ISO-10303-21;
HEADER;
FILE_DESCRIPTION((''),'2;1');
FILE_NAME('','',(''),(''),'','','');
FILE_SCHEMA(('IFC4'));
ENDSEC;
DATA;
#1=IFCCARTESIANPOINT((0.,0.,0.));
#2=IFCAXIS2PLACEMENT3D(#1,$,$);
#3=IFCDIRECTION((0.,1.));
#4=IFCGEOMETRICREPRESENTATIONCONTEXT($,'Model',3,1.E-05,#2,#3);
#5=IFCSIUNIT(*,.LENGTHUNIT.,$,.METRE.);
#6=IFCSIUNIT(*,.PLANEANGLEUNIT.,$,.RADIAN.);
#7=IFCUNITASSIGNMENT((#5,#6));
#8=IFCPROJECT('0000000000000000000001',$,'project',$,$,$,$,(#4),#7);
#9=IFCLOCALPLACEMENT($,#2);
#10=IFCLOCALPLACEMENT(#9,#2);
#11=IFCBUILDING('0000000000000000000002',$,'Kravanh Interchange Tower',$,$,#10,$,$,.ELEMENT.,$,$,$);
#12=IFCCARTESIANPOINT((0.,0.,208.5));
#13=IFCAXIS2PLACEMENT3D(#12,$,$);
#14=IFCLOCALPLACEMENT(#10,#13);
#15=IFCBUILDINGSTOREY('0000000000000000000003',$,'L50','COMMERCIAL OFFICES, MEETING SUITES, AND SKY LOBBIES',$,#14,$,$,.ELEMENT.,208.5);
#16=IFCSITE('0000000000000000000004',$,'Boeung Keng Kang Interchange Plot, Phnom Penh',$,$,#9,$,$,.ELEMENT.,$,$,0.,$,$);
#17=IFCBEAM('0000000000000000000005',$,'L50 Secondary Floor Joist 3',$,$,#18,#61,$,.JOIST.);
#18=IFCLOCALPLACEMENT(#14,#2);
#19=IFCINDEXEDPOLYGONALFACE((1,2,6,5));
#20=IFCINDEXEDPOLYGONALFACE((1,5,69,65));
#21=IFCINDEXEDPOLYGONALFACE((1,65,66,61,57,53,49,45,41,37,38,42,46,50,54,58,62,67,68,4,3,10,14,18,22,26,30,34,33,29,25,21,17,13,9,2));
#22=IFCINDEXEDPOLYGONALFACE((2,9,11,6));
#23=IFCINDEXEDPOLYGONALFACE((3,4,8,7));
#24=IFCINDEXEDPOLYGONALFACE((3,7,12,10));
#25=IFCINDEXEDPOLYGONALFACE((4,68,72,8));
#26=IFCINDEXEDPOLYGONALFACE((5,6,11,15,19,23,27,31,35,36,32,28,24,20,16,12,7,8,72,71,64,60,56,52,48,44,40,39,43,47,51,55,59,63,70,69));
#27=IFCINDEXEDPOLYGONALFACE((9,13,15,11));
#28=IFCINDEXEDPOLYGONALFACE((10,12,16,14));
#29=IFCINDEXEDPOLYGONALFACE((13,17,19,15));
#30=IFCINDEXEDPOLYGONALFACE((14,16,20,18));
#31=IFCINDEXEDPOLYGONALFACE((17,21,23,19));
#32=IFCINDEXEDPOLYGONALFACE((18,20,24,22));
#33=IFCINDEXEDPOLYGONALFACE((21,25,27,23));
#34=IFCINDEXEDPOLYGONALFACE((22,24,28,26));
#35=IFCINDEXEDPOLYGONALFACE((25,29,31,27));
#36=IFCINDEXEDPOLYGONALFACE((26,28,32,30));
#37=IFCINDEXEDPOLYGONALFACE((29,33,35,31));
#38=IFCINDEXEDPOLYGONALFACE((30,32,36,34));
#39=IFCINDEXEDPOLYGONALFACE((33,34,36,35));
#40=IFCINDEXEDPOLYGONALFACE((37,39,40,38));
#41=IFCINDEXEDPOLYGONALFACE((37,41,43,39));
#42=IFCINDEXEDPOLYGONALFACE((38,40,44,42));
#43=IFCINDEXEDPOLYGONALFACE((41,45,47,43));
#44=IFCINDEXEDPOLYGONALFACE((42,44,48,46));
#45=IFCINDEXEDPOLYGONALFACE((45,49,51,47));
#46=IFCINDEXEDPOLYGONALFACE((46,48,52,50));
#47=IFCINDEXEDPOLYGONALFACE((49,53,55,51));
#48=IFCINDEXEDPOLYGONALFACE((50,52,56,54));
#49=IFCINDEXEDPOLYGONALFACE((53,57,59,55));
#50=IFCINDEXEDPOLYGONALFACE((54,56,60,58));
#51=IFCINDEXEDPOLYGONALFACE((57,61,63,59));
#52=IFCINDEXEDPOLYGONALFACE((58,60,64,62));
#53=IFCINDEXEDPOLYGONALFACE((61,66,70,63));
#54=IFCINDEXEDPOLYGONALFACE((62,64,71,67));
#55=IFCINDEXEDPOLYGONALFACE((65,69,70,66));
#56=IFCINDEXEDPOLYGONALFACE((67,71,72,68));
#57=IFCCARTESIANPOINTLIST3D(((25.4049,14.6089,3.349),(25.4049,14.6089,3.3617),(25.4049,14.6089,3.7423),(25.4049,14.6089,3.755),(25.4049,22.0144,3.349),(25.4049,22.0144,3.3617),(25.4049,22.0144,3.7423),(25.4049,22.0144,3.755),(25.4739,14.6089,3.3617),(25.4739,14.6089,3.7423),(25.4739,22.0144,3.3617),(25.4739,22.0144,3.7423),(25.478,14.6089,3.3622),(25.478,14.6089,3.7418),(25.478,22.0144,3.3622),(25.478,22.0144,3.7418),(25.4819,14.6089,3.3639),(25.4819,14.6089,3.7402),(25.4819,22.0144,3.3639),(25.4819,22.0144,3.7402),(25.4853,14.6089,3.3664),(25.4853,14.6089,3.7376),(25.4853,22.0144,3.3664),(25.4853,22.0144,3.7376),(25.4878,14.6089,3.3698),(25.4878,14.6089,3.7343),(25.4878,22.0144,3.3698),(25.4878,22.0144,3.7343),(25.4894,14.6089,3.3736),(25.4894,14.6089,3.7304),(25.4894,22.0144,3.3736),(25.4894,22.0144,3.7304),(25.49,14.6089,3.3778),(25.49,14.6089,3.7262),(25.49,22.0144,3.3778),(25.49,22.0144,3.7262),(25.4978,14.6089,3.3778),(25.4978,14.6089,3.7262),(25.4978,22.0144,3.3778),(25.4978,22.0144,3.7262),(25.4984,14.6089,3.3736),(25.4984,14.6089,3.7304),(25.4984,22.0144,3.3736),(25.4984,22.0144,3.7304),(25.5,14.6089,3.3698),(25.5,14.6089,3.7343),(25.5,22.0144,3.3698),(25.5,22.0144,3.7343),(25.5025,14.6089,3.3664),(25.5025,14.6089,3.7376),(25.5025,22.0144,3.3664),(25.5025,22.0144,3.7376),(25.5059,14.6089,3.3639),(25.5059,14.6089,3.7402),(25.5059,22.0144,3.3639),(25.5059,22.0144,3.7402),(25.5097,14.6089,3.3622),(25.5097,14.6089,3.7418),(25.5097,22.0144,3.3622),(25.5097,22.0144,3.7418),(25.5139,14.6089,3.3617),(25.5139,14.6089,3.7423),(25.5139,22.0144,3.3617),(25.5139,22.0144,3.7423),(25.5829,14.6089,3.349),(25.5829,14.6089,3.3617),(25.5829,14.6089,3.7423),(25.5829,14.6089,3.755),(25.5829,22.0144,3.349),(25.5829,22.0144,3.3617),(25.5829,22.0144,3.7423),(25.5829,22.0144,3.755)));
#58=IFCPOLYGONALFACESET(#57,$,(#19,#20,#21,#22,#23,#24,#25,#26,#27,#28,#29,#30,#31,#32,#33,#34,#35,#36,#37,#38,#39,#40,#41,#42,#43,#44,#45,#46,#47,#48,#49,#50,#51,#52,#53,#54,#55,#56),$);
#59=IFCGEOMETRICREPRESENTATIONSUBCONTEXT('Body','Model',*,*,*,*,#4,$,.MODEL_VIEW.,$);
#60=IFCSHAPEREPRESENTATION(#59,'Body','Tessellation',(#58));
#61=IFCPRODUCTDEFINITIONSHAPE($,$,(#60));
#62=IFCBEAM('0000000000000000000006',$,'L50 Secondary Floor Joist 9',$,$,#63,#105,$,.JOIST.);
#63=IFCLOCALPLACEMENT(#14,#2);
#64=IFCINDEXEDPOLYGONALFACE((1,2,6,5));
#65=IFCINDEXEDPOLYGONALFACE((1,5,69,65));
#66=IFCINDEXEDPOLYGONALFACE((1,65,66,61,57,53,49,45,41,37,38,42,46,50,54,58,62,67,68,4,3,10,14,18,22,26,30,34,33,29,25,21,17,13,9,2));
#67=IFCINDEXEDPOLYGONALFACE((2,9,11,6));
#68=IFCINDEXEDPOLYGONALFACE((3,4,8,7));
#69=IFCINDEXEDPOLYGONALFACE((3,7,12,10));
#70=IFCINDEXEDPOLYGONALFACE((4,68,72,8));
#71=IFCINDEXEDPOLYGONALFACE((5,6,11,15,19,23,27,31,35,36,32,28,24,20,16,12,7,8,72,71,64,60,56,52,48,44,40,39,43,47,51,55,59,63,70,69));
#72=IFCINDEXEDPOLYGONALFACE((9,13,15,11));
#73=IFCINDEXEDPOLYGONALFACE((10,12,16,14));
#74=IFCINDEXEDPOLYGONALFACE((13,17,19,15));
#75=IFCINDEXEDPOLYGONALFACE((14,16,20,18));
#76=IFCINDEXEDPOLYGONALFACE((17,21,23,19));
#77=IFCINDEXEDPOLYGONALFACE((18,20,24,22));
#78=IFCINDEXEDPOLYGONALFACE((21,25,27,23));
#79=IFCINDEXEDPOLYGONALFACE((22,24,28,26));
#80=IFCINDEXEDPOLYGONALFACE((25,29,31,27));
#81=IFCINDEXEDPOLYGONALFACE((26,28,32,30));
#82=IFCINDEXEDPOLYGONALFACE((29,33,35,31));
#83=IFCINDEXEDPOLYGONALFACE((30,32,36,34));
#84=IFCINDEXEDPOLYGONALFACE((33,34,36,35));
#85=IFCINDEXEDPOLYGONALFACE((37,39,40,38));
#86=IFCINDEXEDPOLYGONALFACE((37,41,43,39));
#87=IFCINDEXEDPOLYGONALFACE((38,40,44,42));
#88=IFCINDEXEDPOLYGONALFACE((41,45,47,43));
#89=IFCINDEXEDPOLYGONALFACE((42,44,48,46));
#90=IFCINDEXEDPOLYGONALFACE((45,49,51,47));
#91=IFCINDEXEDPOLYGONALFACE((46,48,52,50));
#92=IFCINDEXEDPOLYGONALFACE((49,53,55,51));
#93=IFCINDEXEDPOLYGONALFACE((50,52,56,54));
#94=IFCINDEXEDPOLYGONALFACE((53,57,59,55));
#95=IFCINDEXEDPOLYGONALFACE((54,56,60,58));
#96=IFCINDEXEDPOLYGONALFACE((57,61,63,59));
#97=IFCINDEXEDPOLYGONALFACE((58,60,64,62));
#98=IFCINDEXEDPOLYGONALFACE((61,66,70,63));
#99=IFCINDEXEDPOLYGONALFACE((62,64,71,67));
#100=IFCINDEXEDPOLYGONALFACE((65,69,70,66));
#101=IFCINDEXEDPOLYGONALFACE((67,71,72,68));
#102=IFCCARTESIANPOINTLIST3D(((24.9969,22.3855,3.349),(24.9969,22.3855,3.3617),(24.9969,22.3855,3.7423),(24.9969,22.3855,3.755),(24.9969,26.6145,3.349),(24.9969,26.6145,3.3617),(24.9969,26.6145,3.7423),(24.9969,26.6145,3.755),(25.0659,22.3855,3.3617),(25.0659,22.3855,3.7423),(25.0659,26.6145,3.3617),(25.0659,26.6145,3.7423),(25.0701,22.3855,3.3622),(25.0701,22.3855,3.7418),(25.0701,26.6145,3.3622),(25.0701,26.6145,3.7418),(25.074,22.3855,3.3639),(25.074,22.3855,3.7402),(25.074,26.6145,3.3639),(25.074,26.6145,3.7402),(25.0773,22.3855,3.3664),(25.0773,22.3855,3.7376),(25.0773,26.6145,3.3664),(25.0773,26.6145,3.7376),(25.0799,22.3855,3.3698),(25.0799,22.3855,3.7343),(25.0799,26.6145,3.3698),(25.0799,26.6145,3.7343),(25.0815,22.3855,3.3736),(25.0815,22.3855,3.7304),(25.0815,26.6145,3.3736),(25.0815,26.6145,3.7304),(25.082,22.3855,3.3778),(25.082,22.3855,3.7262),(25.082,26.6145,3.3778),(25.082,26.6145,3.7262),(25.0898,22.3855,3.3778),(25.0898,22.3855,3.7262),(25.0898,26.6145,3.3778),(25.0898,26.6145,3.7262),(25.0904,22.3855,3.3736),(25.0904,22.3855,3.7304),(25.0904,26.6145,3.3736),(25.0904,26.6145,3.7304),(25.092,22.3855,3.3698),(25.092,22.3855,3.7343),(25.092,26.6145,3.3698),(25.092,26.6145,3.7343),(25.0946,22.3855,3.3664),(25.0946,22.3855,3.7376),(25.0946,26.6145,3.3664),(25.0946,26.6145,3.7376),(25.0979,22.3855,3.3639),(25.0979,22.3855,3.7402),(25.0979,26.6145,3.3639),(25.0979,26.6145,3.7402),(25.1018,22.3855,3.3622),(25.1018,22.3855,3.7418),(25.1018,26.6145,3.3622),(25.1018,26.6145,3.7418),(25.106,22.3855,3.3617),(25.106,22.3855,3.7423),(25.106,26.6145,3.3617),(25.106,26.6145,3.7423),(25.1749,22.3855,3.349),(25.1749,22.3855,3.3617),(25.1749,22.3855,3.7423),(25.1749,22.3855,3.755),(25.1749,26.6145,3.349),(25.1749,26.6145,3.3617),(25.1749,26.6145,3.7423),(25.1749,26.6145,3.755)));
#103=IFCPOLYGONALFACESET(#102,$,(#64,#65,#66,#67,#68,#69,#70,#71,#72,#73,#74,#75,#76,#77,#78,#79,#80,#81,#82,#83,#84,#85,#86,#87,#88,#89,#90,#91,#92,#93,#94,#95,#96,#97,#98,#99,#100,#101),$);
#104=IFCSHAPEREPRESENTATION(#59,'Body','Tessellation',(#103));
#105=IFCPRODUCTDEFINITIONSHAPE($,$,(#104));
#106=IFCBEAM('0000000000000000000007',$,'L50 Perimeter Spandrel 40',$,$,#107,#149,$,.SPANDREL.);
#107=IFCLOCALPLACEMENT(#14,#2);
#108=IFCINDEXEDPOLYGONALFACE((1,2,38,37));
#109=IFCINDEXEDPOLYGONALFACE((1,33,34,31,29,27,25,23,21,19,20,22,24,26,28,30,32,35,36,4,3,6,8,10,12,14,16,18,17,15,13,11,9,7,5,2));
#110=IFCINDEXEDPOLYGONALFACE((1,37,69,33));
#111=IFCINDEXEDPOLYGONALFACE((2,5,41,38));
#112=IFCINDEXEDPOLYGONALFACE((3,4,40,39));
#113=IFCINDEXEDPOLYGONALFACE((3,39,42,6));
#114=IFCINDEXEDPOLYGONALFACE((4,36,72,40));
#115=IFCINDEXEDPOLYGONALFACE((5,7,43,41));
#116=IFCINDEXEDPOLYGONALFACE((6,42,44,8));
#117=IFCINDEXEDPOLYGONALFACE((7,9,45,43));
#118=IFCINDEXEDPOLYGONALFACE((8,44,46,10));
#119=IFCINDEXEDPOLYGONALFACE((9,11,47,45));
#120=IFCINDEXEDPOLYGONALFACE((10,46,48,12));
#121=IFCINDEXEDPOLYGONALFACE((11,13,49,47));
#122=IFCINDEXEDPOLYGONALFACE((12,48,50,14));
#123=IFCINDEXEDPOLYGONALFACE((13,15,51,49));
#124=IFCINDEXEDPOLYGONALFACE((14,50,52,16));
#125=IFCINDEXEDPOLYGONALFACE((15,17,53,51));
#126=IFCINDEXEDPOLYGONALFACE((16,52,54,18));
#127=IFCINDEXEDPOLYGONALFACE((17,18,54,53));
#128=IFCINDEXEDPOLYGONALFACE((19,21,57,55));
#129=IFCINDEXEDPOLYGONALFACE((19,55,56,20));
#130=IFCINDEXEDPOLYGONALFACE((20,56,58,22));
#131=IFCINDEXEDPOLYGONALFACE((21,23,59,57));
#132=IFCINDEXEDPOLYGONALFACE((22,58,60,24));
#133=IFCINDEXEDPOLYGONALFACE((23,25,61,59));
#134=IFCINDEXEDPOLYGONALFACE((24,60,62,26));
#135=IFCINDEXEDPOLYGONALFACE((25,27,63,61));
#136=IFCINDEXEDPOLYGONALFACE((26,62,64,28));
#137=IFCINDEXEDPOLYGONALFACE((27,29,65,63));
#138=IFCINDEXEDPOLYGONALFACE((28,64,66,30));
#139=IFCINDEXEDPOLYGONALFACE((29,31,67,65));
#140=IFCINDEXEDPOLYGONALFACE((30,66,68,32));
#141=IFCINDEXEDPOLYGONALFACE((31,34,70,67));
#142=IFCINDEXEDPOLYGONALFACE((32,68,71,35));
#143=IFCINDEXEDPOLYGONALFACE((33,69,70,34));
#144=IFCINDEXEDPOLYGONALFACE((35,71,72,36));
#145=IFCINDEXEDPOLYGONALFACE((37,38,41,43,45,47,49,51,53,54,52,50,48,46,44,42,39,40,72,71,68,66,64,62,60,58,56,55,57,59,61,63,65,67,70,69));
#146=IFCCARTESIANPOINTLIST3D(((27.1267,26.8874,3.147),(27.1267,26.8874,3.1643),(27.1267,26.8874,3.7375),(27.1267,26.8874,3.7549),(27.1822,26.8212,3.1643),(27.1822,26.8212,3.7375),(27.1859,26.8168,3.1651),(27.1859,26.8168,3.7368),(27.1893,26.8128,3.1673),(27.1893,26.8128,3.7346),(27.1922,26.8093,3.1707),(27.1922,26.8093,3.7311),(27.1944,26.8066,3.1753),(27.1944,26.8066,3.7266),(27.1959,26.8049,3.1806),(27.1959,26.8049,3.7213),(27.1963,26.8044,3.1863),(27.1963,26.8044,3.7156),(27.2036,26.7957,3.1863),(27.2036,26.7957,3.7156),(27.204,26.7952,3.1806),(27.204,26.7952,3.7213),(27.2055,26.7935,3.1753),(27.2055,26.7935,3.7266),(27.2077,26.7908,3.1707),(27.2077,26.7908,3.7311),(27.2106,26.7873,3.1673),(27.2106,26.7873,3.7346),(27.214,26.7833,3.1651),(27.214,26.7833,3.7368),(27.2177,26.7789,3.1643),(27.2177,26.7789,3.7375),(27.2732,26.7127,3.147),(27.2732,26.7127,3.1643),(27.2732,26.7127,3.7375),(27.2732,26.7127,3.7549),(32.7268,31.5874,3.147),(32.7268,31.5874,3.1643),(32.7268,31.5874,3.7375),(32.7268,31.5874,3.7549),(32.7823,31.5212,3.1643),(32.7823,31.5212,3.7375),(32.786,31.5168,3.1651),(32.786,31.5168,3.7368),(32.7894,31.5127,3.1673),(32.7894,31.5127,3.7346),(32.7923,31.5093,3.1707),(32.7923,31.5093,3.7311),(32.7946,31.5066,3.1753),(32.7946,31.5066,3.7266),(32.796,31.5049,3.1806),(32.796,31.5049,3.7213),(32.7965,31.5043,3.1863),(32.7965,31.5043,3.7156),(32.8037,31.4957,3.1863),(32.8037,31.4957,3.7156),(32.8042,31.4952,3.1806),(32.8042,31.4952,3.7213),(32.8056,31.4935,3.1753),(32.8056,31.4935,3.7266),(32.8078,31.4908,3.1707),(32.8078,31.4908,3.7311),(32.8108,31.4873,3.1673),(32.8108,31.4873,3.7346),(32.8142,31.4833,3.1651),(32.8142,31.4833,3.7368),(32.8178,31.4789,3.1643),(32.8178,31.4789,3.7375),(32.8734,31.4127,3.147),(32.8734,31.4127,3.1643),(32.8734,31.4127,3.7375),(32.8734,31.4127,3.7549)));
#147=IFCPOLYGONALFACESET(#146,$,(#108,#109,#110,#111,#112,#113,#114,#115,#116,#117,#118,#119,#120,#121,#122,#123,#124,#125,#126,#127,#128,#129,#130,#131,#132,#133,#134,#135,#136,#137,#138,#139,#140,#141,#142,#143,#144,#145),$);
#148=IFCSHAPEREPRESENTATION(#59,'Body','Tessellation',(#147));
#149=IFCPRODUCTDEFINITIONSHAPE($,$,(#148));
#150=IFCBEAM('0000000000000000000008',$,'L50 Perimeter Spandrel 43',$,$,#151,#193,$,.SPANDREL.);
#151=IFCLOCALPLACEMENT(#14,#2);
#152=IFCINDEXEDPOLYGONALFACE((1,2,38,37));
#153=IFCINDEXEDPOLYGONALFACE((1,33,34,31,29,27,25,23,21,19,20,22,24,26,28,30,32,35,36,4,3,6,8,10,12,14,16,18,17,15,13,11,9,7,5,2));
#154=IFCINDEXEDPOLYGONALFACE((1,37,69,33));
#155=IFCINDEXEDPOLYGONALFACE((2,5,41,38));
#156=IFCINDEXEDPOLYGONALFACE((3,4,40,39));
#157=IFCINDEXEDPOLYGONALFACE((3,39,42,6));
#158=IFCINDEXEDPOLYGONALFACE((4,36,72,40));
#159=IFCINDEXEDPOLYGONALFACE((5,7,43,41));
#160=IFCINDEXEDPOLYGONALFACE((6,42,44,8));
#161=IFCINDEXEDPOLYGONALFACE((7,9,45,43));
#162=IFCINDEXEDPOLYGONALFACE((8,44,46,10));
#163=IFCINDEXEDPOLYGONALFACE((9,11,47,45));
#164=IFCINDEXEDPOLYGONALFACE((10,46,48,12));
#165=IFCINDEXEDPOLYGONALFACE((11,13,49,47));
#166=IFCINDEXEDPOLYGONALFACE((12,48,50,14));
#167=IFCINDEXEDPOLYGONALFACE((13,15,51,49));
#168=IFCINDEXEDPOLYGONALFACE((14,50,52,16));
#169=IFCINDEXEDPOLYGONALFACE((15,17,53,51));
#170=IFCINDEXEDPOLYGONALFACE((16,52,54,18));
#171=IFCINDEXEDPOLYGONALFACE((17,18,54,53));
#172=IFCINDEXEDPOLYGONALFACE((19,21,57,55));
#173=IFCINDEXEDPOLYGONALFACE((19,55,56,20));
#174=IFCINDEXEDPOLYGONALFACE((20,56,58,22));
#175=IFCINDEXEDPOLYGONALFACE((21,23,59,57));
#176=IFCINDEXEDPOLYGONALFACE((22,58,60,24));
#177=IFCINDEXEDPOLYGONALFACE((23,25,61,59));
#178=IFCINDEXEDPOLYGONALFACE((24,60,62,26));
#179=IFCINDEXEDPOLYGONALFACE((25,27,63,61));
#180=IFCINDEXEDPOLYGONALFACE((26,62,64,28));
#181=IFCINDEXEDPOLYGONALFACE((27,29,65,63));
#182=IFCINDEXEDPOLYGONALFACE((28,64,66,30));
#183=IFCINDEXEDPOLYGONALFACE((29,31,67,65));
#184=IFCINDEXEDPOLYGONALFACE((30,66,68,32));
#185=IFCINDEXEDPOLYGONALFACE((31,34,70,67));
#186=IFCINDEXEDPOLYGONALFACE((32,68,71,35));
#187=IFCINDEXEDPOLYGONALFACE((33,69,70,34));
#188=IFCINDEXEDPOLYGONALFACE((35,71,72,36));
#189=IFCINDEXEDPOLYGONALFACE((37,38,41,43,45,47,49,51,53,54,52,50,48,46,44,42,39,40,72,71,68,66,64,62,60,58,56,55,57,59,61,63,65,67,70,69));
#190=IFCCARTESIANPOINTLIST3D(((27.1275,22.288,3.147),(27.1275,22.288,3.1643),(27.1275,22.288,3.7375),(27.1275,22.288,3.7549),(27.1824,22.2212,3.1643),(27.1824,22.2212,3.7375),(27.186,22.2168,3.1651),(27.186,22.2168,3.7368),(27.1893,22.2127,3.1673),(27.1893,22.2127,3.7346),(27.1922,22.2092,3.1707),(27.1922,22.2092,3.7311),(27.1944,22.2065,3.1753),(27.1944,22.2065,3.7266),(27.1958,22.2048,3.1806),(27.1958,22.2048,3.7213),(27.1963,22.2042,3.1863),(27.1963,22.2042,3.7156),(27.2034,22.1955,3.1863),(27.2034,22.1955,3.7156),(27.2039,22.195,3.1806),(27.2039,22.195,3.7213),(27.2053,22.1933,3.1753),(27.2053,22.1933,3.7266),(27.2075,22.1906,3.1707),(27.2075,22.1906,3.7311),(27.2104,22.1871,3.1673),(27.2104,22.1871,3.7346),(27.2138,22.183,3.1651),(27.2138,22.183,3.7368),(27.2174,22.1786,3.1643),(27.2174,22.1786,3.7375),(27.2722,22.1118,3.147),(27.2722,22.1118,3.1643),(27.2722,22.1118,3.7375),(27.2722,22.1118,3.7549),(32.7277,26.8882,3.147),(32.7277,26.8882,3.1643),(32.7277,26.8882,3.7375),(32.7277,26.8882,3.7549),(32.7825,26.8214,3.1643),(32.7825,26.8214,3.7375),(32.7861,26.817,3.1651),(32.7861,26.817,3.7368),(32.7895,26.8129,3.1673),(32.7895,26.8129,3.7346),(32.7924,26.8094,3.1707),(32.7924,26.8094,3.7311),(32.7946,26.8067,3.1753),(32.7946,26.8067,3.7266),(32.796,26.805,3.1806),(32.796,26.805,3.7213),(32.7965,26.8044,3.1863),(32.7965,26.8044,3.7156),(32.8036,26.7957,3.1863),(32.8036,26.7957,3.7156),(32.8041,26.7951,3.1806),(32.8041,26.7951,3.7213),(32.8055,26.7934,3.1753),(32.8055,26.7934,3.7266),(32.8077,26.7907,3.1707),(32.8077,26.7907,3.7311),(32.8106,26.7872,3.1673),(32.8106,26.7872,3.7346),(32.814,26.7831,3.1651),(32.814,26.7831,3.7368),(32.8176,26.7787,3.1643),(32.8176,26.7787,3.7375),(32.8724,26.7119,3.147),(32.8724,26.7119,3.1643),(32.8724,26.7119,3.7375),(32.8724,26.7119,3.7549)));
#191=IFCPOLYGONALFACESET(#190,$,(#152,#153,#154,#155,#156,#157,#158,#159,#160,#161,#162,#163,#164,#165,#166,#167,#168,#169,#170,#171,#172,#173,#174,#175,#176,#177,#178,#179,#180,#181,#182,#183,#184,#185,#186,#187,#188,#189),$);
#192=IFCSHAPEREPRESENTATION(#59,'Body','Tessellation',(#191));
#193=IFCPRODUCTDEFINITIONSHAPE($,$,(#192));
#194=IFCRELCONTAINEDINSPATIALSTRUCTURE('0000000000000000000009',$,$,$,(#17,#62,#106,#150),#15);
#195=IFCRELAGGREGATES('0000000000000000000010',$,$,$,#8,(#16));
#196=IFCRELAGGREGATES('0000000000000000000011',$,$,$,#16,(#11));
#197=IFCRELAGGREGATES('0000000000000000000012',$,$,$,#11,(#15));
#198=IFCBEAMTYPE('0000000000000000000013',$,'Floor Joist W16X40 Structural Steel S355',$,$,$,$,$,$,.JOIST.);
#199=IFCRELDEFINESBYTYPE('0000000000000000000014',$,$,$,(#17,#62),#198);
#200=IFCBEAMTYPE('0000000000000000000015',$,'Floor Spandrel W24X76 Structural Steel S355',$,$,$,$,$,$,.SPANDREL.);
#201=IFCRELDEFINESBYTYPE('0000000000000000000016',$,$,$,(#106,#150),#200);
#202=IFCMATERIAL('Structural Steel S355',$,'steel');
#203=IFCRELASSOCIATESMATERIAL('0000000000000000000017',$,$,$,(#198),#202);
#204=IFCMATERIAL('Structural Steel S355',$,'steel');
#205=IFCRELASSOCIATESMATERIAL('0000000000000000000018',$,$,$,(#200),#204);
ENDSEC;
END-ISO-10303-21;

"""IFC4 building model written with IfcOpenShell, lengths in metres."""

from ifc_helpers import new_model, si_unit, direction, frame, origin, origin_2d, place, context, subcontext, project, spatial, i_section, extrude, material, material_profile, profile_set, type_object, element, save


model = new_model("IFC4")

# Units and contexts
model_context = context("Model", 3, precision=1e-05, world=origin(), true_north=direction((0.0, 1.0)))
body_context = subcontext(model_context, "Body", "Model", "MODEL_VIEW")
ifc_project = project(units=[si_unit("LENGTHUNIT", "METRE"), si_unit("PLANEANGLEUNIT", "RADIAN")], contexts=[model_context])

# Site, building, storey
site_placement = place(None, origin())
site = spatial("IfcSite", under=ifc_project, at=site_placement, Name="Boeung Keng Kang Interchange Plot, Phnom Penh", CompositionType="ELEMENT", RefElevation=0.0)
building_placement = place(site_placement, origin())
building = spatial("IfcBuilding", under=site, at=building_placement, Name="Kravanh Interchange Tower", CompositionType="ELEMENT")
storey_placement = place(building_placement, frame((0.0, 0.0, 208.5)))
storey = spatial("IfcBuildingStorey", under=building, at=storey_placement, Name="L50", Description="COMMERCIAL OFFICES, MEETING SUITES, AND SKY LOBBIES", CompositionType="ELEMENT", Elevation=208.5)

# Beams
ifc_material_1 = material(Name="Structural Steel S355", Category="steel")
ifc_material_profile_1 = material_profile(ifc_material_1, i_section(OverallWidth=0.178, OverallDepth=0.406, WebThickness=0.0078, FlangeThickness=0.0127, FilletRadius=0.0161, at=origin_2d()), Name="W16X40")
ifc_profile_set_1 = profile_set([ifc_material_profile_1], Name="Structural Steel S355")
beam_type_1 = type_object("IfcBeamType", Name="Floor Joist W16X40 Structural Steel S355", PredefinedType="JOIST", material=ifc_profile_set_1)
beam_1_placement = place(storey_placement, frame((25.4939, 14.6089, 3.552), z_axis=(0.0, 1.0, 0.0), x_axis=(-1.0, 0.0, 0.0)))
element("IfcBeam", 1, at=beam_1_placement, inside=storey, type_object=beam_type_1, Name="L50 Secondary Floor Joist 3", PredefinedType="JOIST", context=body_context, shape_type="SweptSolid", body=[
    extrude(i_section(OverallWidth=0.178, OverallDepth=0.406, WebThickness=0.0078, FlangeThickness=0.0127, FilletRadius=0.0161, at=origin_2d()), origin(), (0.0, 0.0, 1.0), 7.4055),
])
beam_2_placement = place(storey_placement, frame((25.0859, 22.3855, 3.552), z_axis=(0.0, 1.0, 0.0), x_axis=(-1.0, 0.0, 0.0)))
element("IfcBeam", 2, at=beam_2_placement, inside=storey, type_object=beam_type_1, Name="L50 Secondary Floor Joist 9", PredefinedType="JOIST", context=body_context, shape_type="SweptSolid", body=[
    extrude(i_section(OverallWidth=0.178, OverallDepth=0.406, WebThickness=0.0078, FlangeThickness=0.0127, FilletRadius=0.0161, at=origin_2d()), origin(), (0.0, 0.0, 1.0), 4.229),
])
ifc_material_2 = material(Name="Structural Steel S355", Category="steel")
ifc_material_profile_2 = material_profile(ifc_material_2, i_section(OverallWidth=0.228, OverallDepth=0.6079, WebThickness=0.0112, FlangeThickness=0.0173, FilletRadius=0.022, at=origin_2d()), Name="W24X76")
ifc_profile_set_2 = profile_set([ifc_material_profile_2], Name="Structural Steel S355")
beam_type_2 = type_object("IfcBeamType", Name="Floor Spandrel W24X76 Structural Steel S355", PredefinedType="SPANDREL", material=ifc_profile_set_2)
beam_3_placement = place(storey_placement, frame((27.2, 26.8, 3.4509), z_axis=(0.765983, 0.642861, 0.0), x_axis=(-0.642861, 0.765983, 0.0)))
element("IfcBeam", 3, at=beam_3_placement, inside=storey, type_object=beam_type_2, Name="L50 Perimeter Spandrel 40", PredefinedType="SPANDREL", context=body_context, shape_type="SweptSolid", body=[
    extrude(i_section(OverallWidth=0.228, OverallDepth=0.6079, WebThickness=0.0112, FlangeThickness=0.0173, FilletRadius=0.022, at=origin_2d()), origin(), (0.0, 0.0, 1.0), 7.311),
])
beam_4_placement = place(storey_placement, frame((32.8, 26.8, 3.4509), z_axis=(-0.772725, -0.634741, 0.0), x_axis=(0.634741, -0.772725, 0.0)))
element("IfcBeam", 4, at=beam_4_placement, inside=storey, type_object=beam_type_2, Name="L50 Perimeter Spandrel 43", PredefinedType="SPANDREL", context=body_context, shape_type="SweptSolid", body=[
    extrude(i_section(OverallWidth=0.228, OverallDepth=0.6079, WebThickness=0.0112, FlangeThickness=0.0173, FilletRadius=0.022, at=origin_2d()), origin(), (0.0, 0.0, 1.0), 7.2473),
])

save(model, "model.ifc")
